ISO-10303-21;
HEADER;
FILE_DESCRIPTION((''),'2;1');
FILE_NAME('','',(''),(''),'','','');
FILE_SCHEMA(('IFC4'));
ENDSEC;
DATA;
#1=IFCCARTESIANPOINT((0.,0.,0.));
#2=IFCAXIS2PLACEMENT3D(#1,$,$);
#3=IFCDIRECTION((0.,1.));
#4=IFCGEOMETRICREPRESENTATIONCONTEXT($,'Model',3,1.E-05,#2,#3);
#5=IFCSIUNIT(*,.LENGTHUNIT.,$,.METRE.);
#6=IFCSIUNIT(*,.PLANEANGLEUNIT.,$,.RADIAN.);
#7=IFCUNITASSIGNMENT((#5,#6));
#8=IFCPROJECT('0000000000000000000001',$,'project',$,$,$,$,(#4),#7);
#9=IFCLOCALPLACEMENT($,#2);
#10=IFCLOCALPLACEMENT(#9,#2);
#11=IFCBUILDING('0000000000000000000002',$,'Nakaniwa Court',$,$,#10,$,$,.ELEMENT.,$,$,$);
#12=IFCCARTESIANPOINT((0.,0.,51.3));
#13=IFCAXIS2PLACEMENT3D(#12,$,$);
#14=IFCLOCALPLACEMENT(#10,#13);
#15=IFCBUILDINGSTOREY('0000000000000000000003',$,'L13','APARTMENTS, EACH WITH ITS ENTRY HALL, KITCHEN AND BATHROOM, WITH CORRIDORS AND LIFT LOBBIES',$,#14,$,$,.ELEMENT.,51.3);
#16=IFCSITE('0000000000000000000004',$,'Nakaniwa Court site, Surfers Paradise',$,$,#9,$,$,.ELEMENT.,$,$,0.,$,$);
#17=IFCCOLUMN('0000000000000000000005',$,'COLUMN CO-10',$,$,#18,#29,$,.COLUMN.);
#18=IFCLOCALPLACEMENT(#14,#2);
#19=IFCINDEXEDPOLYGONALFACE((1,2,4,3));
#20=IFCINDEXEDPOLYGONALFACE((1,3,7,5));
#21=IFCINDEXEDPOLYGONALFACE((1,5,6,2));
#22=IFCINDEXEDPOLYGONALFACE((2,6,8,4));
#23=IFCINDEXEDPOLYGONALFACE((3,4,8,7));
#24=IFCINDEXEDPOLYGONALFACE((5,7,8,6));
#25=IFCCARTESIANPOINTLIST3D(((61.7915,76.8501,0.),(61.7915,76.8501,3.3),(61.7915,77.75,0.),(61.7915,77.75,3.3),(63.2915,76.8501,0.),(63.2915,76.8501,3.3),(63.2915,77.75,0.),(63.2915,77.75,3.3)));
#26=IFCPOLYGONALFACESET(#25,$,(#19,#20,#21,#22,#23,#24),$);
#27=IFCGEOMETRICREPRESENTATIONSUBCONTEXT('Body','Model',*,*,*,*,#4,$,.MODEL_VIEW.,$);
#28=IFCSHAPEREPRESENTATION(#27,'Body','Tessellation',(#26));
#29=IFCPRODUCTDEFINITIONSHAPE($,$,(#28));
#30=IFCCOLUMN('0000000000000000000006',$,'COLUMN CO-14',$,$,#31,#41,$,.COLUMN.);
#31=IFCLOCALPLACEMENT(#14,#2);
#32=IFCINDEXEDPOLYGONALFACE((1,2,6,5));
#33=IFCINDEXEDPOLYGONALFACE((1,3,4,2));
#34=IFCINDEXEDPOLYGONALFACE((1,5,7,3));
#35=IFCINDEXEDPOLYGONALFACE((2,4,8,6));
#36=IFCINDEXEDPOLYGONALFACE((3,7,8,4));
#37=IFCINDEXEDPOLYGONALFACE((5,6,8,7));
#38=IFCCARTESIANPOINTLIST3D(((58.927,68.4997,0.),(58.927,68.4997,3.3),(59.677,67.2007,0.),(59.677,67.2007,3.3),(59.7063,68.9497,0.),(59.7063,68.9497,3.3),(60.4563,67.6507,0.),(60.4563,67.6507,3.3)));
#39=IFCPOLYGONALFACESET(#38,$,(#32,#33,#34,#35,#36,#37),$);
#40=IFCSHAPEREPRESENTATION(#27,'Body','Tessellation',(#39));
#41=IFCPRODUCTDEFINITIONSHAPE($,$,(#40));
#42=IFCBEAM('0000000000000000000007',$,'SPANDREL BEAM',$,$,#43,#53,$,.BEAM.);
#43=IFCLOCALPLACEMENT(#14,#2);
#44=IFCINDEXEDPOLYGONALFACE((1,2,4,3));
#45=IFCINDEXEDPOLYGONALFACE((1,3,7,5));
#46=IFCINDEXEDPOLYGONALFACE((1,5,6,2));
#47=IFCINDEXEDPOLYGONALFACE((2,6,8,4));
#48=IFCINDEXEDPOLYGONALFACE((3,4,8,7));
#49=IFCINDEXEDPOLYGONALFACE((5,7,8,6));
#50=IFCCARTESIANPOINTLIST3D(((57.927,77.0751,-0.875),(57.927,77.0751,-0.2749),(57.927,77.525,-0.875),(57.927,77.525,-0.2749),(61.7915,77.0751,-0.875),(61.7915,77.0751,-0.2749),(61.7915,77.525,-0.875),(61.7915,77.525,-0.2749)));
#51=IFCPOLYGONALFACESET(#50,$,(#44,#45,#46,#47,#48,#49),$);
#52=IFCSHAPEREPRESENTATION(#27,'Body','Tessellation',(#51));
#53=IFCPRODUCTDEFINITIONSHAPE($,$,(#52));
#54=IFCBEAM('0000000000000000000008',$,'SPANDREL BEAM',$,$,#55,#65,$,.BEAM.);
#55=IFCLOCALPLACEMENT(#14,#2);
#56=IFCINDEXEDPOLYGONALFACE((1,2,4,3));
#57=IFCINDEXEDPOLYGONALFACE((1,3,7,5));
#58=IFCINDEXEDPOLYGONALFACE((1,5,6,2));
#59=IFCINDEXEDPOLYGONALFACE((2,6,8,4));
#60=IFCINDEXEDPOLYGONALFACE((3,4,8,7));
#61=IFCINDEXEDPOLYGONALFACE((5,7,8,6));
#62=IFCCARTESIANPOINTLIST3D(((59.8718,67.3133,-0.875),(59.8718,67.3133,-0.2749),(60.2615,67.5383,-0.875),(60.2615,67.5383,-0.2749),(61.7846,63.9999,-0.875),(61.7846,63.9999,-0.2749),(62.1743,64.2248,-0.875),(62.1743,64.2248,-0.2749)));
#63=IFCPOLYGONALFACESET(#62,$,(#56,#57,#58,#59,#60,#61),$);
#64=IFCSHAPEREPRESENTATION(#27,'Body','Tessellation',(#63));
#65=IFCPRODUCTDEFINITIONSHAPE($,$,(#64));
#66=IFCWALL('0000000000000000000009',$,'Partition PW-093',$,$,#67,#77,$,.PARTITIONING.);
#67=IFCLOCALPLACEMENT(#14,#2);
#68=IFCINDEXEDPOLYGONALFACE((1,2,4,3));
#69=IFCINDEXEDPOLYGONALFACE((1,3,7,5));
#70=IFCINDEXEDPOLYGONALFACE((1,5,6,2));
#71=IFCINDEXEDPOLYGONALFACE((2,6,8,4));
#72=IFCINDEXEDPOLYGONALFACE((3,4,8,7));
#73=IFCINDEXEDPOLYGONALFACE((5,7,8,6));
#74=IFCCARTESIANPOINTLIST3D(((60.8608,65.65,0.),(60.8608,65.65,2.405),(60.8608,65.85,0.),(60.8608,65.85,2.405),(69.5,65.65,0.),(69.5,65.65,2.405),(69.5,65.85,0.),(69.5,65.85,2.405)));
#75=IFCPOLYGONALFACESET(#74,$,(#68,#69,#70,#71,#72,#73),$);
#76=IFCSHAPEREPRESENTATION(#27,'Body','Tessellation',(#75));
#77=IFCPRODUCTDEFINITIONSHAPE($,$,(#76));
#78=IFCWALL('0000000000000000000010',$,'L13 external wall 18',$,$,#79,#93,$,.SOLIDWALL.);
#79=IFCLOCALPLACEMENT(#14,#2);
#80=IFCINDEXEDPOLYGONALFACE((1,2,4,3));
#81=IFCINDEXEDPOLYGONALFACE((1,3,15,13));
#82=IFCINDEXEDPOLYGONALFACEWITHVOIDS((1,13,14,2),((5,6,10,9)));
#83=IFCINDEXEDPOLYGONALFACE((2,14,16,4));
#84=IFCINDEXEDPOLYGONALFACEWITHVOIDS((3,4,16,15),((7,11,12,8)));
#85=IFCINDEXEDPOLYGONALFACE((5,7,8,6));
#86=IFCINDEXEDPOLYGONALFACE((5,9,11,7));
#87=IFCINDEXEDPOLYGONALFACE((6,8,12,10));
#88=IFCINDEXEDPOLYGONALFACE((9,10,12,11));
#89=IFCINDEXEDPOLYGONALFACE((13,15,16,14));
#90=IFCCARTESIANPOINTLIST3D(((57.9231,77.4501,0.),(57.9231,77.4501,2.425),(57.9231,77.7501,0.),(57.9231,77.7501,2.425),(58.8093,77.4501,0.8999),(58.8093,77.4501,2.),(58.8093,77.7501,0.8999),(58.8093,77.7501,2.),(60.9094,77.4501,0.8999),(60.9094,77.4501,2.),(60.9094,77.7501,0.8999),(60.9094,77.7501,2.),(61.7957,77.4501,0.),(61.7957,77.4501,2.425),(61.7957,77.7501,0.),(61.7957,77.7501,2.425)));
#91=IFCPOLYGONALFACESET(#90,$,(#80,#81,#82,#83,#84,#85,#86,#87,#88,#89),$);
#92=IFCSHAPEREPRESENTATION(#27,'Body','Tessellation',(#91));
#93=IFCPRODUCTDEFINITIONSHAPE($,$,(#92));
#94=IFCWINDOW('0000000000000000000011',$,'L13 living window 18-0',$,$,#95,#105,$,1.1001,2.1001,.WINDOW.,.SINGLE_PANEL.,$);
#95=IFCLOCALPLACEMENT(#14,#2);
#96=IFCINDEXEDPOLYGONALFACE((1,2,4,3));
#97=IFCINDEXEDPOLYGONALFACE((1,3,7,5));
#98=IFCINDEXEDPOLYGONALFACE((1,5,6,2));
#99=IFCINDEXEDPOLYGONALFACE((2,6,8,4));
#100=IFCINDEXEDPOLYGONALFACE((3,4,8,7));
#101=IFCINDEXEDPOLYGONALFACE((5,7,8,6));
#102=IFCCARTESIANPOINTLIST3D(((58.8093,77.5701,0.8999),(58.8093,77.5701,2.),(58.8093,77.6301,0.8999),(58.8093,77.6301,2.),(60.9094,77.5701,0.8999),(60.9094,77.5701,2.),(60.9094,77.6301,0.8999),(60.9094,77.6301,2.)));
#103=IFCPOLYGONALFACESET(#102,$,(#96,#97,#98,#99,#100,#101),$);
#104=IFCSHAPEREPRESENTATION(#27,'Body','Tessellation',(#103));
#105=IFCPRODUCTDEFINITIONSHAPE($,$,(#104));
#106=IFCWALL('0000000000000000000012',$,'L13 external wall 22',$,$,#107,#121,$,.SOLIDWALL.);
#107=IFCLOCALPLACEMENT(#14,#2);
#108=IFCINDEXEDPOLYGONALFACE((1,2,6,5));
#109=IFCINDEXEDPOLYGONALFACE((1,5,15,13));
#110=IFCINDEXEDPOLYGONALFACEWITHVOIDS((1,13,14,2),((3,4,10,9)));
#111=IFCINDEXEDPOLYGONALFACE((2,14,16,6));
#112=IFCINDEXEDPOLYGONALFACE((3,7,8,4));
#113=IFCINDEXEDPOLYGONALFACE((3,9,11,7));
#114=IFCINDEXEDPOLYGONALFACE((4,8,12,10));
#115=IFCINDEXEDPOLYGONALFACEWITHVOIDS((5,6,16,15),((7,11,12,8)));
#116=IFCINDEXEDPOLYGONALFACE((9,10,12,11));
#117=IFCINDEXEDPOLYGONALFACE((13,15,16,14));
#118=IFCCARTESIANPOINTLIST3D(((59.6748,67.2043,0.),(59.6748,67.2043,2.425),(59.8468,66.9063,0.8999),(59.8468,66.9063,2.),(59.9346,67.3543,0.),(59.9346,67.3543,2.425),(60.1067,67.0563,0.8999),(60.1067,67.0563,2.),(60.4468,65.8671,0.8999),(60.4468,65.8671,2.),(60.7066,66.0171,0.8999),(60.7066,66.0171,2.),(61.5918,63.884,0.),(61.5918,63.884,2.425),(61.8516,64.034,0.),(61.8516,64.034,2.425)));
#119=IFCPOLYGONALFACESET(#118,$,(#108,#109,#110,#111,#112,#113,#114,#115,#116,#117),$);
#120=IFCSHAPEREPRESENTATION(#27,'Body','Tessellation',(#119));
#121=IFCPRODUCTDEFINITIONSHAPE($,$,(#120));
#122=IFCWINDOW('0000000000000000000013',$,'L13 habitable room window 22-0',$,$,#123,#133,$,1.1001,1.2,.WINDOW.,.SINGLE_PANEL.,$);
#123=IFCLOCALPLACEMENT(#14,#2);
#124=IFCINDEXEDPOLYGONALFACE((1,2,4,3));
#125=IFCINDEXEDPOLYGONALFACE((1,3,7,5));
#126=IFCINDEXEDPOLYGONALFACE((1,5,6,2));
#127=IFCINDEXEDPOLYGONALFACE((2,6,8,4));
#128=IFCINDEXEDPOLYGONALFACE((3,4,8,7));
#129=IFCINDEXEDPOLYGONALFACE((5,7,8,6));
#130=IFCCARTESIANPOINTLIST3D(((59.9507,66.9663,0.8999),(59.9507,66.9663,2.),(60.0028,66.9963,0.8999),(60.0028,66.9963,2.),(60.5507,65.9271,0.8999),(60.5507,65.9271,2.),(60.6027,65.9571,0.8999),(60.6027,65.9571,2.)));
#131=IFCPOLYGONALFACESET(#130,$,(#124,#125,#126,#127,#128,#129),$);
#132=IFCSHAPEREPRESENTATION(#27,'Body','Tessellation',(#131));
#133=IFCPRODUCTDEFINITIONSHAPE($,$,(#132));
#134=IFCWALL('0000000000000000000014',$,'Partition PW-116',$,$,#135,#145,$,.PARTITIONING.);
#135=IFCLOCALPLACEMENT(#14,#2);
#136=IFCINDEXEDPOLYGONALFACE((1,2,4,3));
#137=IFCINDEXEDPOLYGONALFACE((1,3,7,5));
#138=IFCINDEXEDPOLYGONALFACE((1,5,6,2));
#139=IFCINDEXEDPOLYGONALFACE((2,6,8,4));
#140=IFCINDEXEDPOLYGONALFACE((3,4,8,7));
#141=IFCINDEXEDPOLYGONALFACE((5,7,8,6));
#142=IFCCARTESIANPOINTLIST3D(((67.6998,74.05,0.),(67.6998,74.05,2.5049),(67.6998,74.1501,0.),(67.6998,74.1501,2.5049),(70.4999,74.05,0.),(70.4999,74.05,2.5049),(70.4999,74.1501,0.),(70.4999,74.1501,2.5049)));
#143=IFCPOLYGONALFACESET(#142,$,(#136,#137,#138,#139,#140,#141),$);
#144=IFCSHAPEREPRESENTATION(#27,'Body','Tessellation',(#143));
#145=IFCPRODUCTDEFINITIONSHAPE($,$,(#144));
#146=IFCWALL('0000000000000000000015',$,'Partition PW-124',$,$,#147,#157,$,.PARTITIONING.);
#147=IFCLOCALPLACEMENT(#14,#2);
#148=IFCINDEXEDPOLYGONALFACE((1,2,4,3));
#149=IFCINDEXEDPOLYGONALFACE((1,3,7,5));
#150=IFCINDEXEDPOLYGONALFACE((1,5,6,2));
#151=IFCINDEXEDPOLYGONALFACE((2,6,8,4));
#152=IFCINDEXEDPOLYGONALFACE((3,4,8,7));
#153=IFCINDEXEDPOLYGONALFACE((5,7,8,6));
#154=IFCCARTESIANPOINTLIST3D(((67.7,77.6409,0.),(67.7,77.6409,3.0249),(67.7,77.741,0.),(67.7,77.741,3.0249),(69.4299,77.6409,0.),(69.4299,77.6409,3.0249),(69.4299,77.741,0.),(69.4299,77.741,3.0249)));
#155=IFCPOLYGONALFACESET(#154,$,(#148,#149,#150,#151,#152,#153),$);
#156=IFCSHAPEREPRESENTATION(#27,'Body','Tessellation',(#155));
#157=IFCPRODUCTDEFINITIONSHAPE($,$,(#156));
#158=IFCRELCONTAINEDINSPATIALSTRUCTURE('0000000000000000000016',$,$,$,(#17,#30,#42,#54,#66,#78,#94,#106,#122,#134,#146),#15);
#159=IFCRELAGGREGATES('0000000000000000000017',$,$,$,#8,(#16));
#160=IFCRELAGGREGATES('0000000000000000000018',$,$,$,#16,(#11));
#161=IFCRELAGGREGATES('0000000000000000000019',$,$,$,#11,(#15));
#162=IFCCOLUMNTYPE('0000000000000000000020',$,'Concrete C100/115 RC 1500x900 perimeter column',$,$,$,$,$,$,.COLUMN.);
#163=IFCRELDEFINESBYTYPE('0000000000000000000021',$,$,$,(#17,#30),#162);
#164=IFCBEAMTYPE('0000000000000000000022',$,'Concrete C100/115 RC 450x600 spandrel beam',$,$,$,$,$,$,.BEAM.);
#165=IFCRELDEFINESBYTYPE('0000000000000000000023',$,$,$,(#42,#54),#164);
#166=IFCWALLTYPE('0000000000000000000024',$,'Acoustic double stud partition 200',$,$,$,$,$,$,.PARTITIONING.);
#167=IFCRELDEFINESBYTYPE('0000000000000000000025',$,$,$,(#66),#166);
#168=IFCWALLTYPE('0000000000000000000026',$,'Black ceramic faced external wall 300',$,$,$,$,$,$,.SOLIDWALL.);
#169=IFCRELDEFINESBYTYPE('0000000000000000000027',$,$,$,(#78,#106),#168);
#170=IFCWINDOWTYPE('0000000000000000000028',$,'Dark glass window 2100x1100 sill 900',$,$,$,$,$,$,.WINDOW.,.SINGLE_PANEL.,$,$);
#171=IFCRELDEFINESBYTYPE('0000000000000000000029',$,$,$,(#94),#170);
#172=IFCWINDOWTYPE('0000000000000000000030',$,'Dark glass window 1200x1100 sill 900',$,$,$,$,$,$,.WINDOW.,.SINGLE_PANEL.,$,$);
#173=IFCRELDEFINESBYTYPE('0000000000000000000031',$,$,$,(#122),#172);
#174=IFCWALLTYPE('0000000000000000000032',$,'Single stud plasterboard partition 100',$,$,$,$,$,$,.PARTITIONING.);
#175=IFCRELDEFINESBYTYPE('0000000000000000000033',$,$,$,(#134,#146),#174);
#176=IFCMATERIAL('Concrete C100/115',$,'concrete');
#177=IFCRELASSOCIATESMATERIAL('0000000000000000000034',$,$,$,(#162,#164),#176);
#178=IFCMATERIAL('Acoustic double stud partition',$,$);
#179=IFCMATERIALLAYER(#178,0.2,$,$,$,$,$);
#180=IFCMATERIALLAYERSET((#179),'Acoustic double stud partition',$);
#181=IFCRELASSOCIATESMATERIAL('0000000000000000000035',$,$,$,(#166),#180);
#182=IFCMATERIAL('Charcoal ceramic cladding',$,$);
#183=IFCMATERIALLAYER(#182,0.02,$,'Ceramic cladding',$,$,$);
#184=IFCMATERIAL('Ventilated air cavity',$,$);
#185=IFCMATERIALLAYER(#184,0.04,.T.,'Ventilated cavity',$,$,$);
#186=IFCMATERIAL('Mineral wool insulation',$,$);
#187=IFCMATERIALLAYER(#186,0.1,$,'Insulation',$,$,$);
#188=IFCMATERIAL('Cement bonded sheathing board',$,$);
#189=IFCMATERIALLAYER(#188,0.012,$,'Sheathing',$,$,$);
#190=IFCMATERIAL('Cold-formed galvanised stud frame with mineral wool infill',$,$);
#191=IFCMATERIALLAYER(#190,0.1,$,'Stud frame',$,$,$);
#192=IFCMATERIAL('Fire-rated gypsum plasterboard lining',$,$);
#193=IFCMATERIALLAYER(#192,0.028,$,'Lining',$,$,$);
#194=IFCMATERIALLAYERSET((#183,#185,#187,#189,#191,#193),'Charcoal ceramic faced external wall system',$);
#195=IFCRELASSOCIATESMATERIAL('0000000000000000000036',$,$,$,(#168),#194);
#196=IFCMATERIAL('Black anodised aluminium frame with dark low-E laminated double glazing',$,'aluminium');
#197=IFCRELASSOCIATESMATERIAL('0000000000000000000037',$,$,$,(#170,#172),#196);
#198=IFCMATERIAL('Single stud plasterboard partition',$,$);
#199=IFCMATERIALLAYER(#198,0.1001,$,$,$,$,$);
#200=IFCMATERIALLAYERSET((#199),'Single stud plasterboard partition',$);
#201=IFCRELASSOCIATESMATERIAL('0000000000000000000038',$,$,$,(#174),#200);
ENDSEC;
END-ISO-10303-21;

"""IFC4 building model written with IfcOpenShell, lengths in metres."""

from ifc_helpers import new_model, si_unit, direction, frame, frame_2d, origin, origin_2d, place, context, subcontext, project, spatial, rectangle, extrude, material, layer, layer_set, material_profile, profile_set, type_object, element, fill, save


model = new_model("IFC4")

# Units and contexts
model_context = context("Model", 3, precision=1e-05, world=origin(), true_north=direction((0.0, 1.0)))
body_context = subcontext(model_context, "Body", "Model", "MODEL_VIEW")
ifc_project = project(units=[si_unit("LENGTHUNIT", "METRE"), si_unit("PLANEANGLEUNIT", "RADIAN")], contexts=[model_context])

# Site, building, storey
site_placement = place(None, origin())
site = spatial("IfcSite", under=ifc_project, at=site_placement, Name="Nakaniwa Court site, Surfers Paradise", CompositionType="ELEMENT", RefElevation=0.0)
building_placement = place(site_placement, origin())
building = spatial("IfcBuilding", under=site, at=building_placement, Name="Nakaniwa Court", CompositionType="ELEMENT")
storey_placement = place(building_placement, frame((0.0, 0.0, 51.3)))
storey = spatial("IfcBuildingStorey", under=building, at=storey_placement, Name="L13", Description="APARTMENTS, EACH WITH ITS ENTRY HALL, KITCHEN AND BATHROOM, WITH CORRIDORS AND LIFT LOBBIES", CompositionType="ELEMENT", Elevation=51.3)

# Columns
ifc_material_1 = material(Name="Concrete C100/115", Category="concrete")
ifc_material_profile_1 = material_profile(ifc_material_1, rectangle(XDim=1.5, YDim=0.8999, at=origin_2d()), Name="Concrete C100/115 RC 1500x900 perimeter column")
ifc_profile_set_1 = profile_set([ifc_material_profile_1], Name="Concrete C100/115")
column_type = type_object("IfcColumnType", Name="Concrete C100/115 RC 1500x900 perimeter column", PredefinedType="COLUMN", material=ifc_profile_set_1)
for number, where, z_axis, x_axis, name in (
    (1, (62.5415, 77.3, 0.0), (0.0, 0.0, 1.0), (-1.0, 0.0, 0.0), "COLUMN CO-10"),
    (2, (59.6917, 68.0752, 0.0), (0.0, 0.0, 1.0), (0.5, -0.866025, 0.0), "COLUMN CO-14"),
):
    element("IfcColumn", number, at=place(storey_placement, frame(where, z_axis=z_axis, x_axis=x_axis)), inside=storey, type_object=column_type, Name=name, PredefinedType="COLUMN", context=body_context, shape_type="SweptSolid", body=[
        extrude(rectangle(XDim=1.5, YDim=0.8999, at=origin_2d()), origin(), (0.0, 0.0, 1.0), 3.3),
    ])

# Beams
ifc_material_profile_2 = material_profile(ifc_material_1, rectangle(XDim=0.45, YDim=0.6001, at=origin_2d()), Name="Concrete C100/115 RC 450x600 spandrel beam")
ifc_profile_set_2 = profile_set([ifc_material_profile_2], Name="Concrete C100/115")
beam_type = type_object("IfcBeamType", Name="Concrete C100/115 RC 450x600 spandrel beam", PredefinedType="BEAM", material=ifc_profile_set_2)
beam_1_placement = place(storey_placement, frame((61.7915, 77.3, -0.575), z_axis=(-1.0, 0.0, 0.0), x_axis=(0.0, -1.0, 0.0)))
element("IfcBeam", 3, at=beam_1_placement, inside=storey, type_object=beam_type, Name="SPANDREL BEAM", PredefinedType="BEAM", context=body_context, shape_type="SweptSolid", body=[
    extrude(rectangle(XDim=0.45, YDim=0.6001, at=origin_2d()), origin(), (0.0, 0.0, 1.0), 3.8645),
])
beam_2_placement = place(storey_placement, frame((60.0667, 67.4258, -0.575), z_axis=(0.499962, -0.866047, 0.0), x_axis=(0.866047, 0.499962, 0.0)))
element("IfcBeam", 4, at=beam_2_placement, inside=storey, type_object=beam_type, Name="SPANDREL BEAM", PredefinedType="BEAM", context=body_context, shape_type="SweptSolid", body=[
    extrude(rectangle(XDim=0.45, YDim=0.6001, at=origin_2d()), origin(), (0.0, 0.0, 1.0), 3.8259),
])

# Wall
ifc_material_2 = material(Name="Acoustic double stud partition")
ifc_layer_1 = layer(ifc_material_2, 0.2)
ifc_layer_set_1 = layer_set([ifc_layer_1], Name="Acoustic double stud partition")
wall_type_1 = type_object("IfcWallType", Name="Acoustic double stud partition 200", PredefinedType="PARTITIONING", material=ifc_layer_set_1)
wall_1_placement = place(storey_placement, frame((60.8608, 65.75, 0.0), z_axis=(0.0, 0.0, 1.0), x_axis=(1.0, 0.0, 0.0)))
element("IfcWall", 5, at=wall_1_placement, inside=storey, type_object=wall_type_1, Name="Partition PW-093", PredefinedType="PARTITIONING", context=body_context, shape_type="SweptSolid", body=[
    extrude(rectangle(XDim=8.6392, YDim=0.2, at=frame_2d((4.3196, 0.0))), origin(), (0.0, 0.0, 1.0), 2.405),
])

# Walls, openings, windows
ifc_material_3 = material(Name="Charcoal ceramic cladding")
ifc_layer_2 = layer(ifc_material_3, 0.02, Name="Ceramic cladding")
ifc_material_4 = material(Name="Ventilated air cavity")
ifc_layer_3 = layer(ifc_material_4, 0.04, ventilated=True, Name="Ventilated cavity")
ifc_material_5 = material(Name="Mineral wool insulation")
ifc_layer_4 = layer(ifc_material_5, 0.1, Name="Insulation")
ifc_material_6 = material(Name="Cement bonded sheathing board")
ifc_layer_5 = layer(ifc_material_6, 0.012, Name="Sheathing")
ifc_material_7 = material(Name="Cold-formed galvanised stud frame with mineral wool infill")
ifc_layer_6 = layer(ifc_material_7, 0.1, Name="Stud frame")
ifc_material_8 = material(Name="Fire-rated gypsum plasterboard lining")
ifc_layer_7 = layer(ifc_material_8, 0.028, Name="Lining")
ifc_layer_set_2 = layer_set([ifc_layer_2, ifc_layer_3, ifc_layer_4, ifc_layer_5, ifc_layer_6, ifc_layer_7], Name="Charcoal ceramic faced external wall system")
wall_type_2 = type_object("IfcWallType", Name="Black ceramic faced external wall 300", PredefinedType="SOLIDWALL", material=ifc_layer_set_2)
wall_2_placement = place(storey_placement, frame((61.7957, 77.6001, 0.0), z_axis=(0.0, 0.0, 1.0), x_axis=(-1.0, 0.0, 0.0)))
wall_2 = element("IfcWall", 6, at=wall_2_placement, inside=storey, type_object=wall_type_2, Name="L13 external wall 18", PredefinedType="SOLIDWALL", context=body_context, shape_type="SweptSolid", body=[
    extrude(rectangle(XDim=3.8726, YDim=0.3, at=frame_2d((1.9363, 0.0))), origin(), (0.0, 0.0, 1.0), 2.425),
])
opening_1_placement = place(wall_2_placement, frame((0.8862, 0.0, 0.8999)))
opening_1 = element("IfcOpeningElement", 7, at=opening_1_placement, cuts=wall_2, PredefinedType="OPENING", context=body_context, shape_type="SweptSolid", body=[
    extrude(rectangle(XDim=2.1001, YDim=1.1001, at=frame_2d((1.05, 0.55))), frame((0.0, 0.1599, 0.0), z_axis=(0.0, -1.0, 0.0), x_axis=(1.0, 0.0, 0.0)), (0.0, 0.0, 1.0), 0.3201),
])
ifc_material_9 = material(Name="Black anodised aluminium frame with dark low-E laminated double glazing", Category="aluminium")
window_type_1 = type_object("IfcWindowType", Name="Dark glass window 2100x1100 sill 900", PartitioningType="SINGLE_PANEL", PredefinedType="WINDOW", material=ifc_material_9)
window_1_placement = place(opening_1_placement, origin())
window_1 = element("IfcWindow", 8, at=window_1_placement, inside=storey, type_object=window_type_1, Name="L13 living window 18-0", OverallHeight=1.1001, OverallWidth=2.1001, PartitioningType="SINGLE_PANEL", PredefinedType="WINDOW", context=body_context, shape_type="SweptSolid", body=[
    extrude(rectangle(XDim=2.1001, YDim=1.1001, at=frame_2d((1.05, 0.55))), frame((0.0, 0.03, 0.0), z_axis=(0.0, -1.0, 0.0), x_axis=(1.0, 0.0, 0.0)), (0.0, 0.0, 1.0), 0.0601),
])
fill(opening_1, window_1)
wall_3_placement = place(storey_placement, frame((59.8047, 67.2793, 0.0), z_axis=(0.0, 0.0, 1.0), x_axis=(0.500002, -0.866024, 0.0)))
wall_3 = element("IfcWall", 9, at=wall_3_placement, inside=storey, type_object=wall_type_2, Name="L13 external wall 22", PredefinedType="SOLIDWALL", context=body_context, shape_type="SweptSolid", body=[
    extrude(rectangle(XDim=3.834, YDim=0.3, at=frame_2d((1.917, 0.0))), origin(), (0.0, 0.0, 1.0), 2.425),
])
opening_2_placement = place(wall_3_placement, frame((0.344, 0.0, 0.8999)))
opening_2 = element("IfcOpeningElement", 10, at=opening_2_placement, cuts=wall_3, PredefinedType="OPENING", context=body_context, shape_type="SweptSolid", body=[
    extrude(rectangle(XDim=1.2, YDim=1.1001, at=frame_2d((0.6001, 0.55))), frame((0.0, 0.1599, 0.0), z_axis=(0.0, -1.0, 0.0), x_axis=(1.0, 0.0, 0.0)), (0.0, 0.0, 1.0), 0.3201),
])
window_type_2 = type_object("IfcWindowType", Name="Dark glass window 1200x1100 sill 900", PartitioningType="SINGLE_PANEL", PredefinedType="WINDOW", material=ifc_material_9)
window_2_placement = place(opening_2_placement, origin())
window_2 = element("IfcWindow", 11, at=window_2_placement, inside=storey, type_object=window_type_2, Name="L13 habitable room window 22-0", OverallHeight=1.1001, OverallWidth=1.2, PartitioningType="SINGLE_PANEL", PredefinedType="WINDOW", context=body_context, shape_type="SweptSolid", body=[
    extrude(rectangle(XDim=1.2, YDim=1.1001, at=frame_2d((0.6001, 0.55))), frame((0.0, 0.03, 0.0), z_axis=(0.0, -1.0, 0.0), x_axis=(1.0, 0.0, 0.0)), (0.0, 0.0, 1.0), 0.0601),
])
fill(opening_2, window_2)

# Walls
ifc_material_10 = material(Name="Single stud plasterboard partition")
ifc_layer_8 = layer(ifc_material_10, 0.1001)
ifc_layer_set_3 = layer_set([ifc_layer_8], Name="Single stud plasterboard partition")
wall_type_3 = type_object("IfcWallType", Name="Single stud plasterboard partition 100", PredefinedType="PARTITIONING", material=ifc_layer_set_3)
wall_4_placement = place(storey_placement, frame((67.7, 74.1001, 0.0), z_axis=(0.0, 0.0, 1.0), x_axis=(1.0, 0.0, 0.0)))
element("IfcWall", 12, at=wall_4_placement, inside=storey, type_object=wall_type_3, Name="Partition PW-116", PredefinedType="PARTITIONING", context=body_context, shape_type="SweptSolid", body=[
    extrude(rectangle(XDim=2.8, YDim=0.1001, at=frame_2d((1.3999, 0.0))), origin(), (0.0, 0.0, 1.0), 2.5049),
])
wall_5_placement = place(storey_placement, frame((67.7, 77.6909, 0.0), z_axis=(0.0, 0.0, 1.0), x_axis=(1.0, 0.0, 0.0)))
element("IfcWall", 13, at=wall_5_placement, inside=storey, type_object=wall_type_3, Name="Partition PW-124", PredefinedType="PARTITIONING", context=body_context, shape_type="SweptSolid", body=[
    extrude(rectangle(XDim=1.73, YDim=0.1001, at=frame_2d((0.865, 0.0))), origin(), (0.0, 0.0, 1.0), 3.0249),
])

save(model, "model.ifc")
